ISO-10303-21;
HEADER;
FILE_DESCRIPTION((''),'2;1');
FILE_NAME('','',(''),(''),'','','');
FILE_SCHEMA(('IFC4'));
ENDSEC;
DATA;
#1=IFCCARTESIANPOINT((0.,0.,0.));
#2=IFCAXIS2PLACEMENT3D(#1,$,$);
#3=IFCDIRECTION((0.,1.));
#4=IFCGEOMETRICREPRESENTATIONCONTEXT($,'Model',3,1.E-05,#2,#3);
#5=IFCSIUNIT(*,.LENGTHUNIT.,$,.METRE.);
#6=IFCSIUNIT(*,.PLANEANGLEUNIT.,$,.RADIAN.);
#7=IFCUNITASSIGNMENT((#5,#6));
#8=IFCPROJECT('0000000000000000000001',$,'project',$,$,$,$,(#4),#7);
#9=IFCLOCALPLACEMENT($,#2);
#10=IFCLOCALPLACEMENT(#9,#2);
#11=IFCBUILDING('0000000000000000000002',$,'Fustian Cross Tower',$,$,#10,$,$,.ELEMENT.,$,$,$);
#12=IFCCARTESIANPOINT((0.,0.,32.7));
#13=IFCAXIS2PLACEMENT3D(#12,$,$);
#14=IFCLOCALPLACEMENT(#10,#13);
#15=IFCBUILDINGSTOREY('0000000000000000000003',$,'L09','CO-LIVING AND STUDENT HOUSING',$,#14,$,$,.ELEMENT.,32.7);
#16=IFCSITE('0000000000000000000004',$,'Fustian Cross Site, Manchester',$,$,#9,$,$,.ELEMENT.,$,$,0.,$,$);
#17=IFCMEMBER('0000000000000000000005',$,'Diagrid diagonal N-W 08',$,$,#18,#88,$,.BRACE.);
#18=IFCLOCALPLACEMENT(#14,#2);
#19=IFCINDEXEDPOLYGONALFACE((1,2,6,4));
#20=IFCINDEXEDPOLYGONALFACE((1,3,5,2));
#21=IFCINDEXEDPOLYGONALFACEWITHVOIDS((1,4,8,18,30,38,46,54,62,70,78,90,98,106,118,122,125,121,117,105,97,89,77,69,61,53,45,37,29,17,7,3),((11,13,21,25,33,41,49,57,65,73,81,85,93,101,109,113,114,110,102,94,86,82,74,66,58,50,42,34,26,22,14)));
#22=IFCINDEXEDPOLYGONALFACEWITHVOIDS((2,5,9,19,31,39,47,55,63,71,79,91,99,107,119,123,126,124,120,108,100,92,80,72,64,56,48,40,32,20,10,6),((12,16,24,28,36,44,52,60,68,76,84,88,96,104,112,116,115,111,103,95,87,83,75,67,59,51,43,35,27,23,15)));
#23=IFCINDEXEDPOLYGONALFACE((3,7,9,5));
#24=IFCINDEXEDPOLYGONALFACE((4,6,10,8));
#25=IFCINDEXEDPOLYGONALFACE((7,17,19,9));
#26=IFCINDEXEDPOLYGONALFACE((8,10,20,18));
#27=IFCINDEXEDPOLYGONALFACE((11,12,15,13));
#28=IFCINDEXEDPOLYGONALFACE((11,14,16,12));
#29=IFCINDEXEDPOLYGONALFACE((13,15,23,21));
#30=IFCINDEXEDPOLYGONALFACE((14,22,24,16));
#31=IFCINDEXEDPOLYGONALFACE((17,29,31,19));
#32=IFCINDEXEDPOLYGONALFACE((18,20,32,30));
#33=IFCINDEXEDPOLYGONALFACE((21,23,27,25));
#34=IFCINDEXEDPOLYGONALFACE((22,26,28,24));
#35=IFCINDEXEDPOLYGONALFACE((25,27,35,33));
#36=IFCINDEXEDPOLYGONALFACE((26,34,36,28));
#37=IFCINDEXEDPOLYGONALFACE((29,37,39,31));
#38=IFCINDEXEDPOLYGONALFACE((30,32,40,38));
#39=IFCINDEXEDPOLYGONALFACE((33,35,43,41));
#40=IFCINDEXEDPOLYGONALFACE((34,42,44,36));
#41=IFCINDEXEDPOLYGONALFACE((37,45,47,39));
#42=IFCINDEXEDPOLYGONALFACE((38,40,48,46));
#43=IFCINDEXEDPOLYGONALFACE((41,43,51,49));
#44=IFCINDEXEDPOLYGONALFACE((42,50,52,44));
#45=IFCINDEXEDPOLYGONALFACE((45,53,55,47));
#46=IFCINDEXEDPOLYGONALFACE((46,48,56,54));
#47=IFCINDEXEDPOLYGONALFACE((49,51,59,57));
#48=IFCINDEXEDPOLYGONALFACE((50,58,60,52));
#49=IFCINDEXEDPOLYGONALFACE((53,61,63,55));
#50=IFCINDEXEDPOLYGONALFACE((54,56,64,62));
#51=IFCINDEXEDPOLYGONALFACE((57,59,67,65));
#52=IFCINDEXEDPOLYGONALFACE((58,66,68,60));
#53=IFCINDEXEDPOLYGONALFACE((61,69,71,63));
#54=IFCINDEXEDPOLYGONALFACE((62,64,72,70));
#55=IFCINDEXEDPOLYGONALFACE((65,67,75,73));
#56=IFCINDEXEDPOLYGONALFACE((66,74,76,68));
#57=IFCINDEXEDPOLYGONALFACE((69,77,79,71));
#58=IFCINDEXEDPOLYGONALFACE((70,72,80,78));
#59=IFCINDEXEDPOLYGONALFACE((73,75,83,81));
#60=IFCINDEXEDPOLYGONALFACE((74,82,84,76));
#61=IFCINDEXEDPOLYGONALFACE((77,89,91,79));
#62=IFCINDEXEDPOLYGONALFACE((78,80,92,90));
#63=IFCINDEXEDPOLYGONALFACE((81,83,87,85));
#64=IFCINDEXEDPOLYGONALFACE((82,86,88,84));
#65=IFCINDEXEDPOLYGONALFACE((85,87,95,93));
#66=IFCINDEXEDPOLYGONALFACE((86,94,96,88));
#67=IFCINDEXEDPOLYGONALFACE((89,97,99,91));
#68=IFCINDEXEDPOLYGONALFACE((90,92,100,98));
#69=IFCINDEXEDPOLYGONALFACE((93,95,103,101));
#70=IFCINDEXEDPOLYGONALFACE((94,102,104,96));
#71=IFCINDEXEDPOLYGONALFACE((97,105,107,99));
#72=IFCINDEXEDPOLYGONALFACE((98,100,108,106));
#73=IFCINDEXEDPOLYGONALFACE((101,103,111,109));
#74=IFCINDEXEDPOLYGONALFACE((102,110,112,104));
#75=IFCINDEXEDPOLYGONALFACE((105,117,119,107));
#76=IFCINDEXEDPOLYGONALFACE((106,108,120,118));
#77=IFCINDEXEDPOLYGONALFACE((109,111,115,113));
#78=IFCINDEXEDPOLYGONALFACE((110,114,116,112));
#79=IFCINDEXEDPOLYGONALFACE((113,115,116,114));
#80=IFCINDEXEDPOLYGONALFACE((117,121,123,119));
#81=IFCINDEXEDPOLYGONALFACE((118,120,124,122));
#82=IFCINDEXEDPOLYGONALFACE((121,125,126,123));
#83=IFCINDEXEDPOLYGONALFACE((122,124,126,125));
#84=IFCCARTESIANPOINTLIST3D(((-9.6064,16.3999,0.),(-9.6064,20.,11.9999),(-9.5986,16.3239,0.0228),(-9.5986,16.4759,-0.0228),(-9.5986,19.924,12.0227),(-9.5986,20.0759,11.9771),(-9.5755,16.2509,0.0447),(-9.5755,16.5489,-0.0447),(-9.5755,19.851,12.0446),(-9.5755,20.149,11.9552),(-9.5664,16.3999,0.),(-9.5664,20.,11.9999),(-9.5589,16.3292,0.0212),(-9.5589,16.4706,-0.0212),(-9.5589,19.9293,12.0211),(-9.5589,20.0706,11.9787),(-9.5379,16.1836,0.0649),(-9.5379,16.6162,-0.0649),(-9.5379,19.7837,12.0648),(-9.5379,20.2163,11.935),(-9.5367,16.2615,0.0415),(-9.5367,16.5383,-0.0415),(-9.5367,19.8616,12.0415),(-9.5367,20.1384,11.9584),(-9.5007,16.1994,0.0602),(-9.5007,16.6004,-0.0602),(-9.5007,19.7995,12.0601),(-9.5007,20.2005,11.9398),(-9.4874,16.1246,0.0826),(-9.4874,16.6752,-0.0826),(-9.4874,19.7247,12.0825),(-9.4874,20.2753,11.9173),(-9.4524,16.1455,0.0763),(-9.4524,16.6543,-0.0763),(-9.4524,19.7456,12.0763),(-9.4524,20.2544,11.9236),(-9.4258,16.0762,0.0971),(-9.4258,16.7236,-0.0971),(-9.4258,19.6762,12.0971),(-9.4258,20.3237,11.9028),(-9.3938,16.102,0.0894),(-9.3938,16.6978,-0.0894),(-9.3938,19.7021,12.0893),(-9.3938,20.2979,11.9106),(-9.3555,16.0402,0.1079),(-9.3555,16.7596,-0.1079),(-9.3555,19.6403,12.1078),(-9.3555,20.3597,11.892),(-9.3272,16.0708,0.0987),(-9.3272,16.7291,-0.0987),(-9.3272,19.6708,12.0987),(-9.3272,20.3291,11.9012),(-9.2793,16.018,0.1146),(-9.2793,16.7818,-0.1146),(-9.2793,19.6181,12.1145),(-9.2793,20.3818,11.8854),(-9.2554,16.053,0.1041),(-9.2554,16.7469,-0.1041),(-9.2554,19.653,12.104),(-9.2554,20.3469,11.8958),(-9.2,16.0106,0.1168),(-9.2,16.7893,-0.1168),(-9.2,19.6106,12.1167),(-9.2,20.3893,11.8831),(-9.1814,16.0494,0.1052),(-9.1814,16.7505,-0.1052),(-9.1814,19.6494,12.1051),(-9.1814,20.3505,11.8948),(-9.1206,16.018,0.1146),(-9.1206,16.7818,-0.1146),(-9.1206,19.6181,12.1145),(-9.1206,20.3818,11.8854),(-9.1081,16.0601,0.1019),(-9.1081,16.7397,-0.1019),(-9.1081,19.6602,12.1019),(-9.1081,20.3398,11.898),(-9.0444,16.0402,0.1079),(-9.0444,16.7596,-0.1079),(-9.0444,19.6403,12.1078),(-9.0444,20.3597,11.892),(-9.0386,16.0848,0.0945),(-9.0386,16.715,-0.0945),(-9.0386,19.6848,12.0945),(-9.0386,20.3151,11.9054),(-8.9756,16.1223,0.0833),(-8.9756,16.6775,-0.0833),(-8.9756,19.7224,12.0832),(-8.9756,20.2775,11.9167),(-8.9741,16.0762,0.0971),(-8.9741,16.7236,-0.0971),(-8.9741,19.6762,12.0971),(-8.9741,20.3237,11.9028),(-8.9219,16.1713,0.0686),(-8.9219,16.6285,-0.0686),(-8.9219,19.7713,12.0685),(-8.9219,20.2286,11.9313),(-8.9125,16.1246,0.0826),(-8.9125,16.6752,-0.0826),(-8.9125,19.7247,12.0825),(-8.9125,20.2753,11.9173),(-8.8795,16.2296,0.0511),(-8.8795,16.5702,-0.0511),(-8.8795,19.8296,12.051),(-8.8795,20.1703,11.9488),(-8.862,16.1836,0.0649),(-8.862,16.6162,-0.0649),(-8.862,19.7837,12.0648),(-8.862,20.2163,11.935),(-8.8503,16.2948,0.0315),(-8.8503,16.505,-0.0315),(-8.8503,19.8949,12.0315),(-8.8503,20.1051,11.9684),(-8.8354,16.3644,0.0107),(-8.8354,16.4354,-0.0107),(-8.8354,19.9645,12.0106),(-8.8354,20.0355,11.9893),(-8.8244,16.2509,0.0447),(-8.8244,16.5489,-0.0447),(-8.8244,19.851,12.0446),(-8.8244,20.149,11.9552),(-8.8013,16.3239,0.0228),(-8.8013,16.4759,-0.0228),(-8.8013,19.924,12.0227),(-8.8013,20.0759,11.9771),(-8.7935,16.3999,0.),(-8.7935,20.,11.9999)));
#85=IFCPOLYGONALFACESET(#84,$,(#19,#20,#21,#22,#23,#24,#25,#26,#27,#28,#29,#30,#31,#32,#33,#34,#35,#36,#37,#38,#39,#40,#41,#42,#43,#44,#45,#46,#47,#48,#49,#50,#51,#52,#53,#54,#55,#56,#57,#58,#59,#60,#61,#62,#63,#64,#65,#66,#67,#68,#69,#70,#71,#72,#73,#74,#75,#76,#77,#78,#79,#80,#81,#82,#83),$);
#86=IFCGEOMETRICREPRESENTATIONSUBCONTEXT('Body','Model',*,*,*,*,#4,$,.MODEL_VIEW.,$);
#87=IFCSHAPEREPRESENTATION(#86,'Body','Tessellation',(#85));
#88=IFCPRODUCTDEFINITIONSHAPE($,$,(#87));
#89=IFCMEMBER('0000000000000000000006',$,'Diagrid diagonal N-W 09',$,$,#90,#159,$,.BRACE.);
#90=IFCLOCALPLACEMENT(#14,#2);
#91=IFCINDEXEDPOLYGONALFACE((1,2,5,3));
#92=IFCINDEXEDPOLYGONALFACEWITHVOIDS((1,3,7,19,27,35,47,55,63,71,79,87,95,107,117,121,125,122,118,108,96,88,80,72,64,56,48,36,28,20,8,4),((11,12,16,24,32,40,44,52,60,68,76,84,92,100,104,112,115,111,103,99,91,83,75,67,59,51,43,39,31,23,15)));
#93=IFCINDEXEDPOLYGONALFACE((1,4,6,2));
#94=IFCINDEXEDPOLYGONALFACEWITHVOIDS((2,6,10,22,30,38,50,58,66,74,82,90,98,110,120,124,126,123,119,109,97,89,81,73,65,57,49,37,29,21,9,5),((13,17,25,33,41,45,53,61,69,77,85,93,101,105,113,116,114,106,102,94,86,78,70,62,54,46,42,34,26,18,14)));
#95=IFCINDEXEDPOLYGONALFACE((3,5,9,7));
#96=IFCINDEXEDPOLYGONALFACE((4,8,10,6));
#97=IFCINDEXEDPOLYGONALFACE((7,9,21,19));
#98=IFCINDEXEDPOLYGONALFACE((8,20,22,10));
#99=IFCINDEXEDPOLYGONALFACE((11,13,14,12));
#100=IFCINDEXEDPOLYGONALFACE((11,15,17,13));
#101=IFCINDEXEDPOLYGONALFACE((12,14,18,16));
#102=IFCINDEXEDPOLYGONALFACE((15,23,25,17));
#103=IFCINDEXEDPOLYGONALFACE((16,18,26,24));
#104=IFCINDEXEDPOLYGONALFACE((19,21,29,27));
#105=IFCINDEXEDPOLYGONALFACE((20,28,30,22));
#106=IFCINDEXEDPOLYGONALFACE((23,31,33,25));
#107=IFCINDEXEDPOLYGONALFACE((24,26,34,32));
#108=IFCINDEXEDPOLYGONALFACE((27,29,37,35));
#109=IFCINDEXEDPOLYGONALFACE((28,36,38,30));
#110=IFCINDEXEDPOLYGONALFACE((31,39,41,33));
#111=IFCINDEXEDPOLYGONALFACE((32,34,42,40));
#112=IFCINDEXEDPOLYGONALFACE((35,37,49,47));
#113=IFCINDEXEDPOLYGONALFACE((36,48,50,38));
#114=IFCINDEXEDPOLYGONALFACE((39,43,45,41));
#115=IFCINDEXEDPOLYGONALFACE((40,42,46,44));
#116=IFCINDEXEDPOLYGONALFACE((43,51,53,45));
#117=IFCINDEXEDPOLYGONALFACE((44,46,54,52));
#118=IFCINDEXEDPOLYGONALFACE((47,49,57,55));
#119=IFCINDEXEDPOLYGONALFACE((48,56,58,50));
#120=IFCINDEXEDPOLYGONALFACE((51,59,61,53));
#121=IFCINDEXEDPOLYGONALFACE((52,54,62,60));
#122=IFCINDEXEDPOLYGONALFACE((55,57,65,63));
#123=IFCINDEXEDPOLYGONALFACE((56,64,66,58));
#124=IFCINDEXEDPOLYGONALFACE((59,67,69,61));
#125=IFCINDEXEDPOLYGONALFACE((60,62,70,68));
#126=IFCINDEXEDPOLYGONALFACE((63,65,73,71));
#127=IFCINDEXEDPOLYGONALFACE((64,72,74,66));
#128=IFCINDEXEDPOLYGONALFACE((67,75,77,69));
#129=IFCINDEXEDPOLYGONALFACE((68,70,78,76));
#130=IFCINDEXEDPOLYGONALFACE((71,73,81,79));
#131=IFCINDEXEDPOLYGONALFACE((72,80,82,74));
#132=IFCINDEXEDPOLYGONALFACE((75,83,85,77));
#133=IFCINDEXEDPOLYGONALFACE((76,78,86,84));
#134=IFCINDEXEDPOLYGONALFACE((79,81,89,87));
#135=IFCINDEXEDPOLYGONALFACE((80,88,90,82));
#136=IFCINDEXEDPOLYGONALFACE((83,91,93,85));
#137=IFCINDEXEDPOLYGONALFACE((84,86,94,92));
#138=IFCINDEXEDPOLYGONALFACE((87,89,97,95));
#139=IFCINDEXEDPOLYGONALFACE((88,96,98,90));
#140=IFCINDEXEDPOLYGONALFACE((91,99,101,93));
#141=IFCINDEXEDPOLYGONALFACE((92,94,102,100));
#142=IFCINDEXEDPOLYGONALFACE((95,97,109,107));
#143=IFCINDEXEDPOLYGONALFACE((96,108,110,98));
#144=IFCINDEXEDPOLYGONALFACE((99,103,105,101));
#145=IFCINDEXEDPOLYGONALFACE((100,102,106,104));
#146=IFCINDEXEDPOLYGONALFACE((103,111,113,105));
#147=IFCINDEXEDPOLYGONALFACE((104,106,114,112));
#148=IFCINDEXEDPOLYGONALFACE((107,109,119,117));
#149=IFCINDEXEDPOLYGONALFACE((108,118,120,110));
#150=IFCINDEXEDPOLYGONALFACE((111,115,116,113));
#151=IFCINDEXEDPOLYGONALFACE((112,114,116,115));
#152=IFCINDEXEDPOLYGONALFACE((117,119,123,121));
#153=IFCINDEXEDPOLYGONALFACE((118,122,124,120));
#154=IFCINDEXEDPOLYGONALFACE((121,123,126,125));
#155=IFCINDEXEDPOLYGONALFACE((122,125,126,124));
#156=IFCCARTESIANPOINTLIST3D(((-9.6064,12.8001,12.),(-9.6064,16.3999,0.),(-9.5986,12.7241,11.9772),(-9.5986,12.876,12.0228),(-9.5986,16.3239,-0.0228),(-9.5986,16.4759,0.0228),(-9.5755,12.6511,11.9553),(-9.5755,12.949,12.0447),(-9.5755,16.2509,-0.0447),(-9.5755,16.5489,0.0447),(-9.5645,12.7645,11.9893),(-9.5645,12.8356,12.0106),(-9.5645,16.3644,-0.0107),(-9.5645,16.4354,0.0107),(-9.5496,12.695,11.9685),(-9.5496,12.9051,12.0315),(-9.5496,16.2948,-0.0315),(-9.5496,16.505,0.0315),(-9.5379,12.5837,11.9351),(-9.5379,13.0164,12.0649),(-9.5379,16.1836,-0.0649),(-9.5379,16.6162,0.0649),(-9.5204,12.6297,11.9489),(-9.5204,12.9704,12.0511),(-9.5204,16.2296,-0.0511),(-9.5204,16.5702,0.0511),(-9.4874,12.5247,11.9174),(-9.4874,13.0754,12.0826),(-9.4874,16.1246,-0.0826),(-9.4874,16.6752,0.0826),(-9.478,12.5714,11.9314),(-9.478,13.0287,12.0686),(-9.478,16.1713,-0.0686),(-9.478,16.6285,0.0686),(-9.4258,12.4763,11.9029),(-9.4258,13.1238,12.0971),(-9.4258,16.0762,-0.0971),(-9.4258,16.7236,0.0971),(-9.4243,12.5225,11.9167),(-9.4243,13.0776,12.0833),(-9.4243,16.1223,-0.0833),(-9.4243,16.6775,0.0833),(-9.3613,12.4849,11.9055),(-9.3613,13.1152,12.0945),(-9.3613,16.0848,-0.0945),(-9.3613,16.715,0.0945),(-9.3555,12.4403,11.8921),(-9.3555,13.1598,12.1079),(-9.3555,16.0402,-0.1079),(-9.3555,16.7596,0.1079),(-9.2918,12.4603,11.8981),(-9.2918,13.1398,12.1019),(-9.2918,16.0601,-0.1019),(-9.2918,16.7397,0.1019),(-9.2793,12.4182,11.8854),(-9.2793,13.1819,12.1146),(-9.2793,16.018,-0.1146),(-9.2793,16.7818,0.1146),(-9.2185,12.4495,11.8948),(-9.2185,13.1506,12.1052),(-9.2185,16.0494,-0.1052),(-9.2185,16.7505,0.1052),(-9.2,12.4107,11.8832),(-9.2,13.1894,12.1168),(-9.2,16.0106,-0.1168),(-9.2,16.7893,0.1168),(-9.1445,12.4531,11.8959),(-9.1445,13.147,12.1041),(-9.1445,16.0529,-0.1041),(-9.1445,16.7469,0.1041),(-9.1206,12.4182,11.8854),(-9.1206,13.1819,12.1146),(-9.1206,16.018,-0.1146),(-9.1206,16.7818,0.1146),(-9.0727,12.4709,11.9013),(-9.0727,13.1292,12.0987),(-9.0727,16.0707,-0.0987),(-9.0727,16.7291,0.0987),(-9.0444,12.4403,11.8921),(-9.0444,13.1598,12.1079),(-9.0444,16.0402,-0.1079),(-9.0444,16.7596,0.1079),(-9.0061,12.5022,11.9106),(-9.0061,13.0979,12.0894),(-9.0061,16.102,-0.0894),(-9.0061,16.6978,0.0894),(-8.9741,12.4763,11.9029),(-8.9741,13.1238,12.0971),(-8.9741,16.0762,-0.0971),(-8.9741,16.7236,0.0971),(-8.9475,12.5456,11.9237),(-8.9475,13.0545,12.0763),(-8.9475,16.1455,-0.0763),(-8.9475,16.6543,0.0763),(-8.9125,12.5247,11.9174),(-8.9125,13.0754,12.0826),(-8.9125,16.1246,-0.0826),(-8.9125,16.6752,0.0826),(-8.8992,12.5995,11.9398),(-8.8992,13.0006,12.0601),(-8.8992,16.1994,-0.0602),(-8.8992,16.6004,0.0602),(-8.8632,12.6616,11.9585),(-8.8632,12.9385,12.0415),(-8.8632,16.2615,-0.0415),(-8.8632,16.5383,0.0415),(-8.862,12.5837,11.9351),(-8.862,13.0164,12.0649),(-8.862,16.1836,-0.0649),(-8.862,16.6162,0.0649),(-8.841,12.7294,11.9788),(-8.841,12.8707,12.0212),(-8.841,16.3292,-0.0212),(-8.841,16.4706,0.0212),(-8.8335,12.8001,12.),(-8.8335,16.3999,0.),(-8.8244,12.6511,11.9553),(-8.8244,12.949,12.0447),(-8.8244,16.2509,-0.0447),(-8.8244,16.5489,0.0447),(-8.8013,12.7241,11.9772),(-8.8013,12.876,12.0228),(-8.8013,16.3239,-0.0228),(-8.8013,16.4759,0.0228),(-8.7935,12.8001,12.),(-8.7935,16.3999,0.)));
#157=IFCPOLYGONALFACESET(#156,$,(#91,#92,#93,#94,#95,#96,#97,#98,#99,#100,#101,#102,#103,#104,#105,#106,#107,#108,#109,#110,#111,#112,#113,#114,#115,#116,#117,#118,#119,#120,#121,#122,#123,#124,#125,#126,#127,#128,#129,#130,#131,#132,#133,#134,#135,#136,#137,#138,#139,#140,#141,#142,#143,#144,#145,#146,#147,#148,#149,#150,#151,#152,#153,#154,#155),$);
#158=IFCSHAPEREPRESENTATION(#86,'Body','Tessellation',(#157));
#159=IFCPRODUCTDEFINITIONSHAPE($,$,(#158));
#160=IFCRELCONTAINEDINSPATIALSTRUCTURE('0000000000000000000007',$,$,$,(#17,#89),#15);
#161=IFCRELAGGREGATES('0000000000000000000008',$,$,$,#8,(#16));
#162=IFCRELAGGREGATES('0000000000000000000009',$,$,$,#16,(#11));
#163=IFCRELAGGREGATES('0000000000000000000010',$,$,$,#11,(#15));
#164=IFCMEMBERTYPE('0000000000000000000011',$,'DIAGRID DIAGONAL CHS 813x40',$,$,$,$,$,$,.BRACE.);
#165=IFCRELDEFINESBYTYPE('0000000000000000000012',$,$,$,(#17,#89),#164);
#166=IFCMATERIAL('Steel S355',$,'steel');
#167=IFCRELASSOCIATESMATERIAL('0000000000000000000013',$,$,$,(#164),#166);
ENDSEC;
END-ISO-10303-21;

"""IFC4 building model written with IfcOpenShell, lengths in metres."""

from ifc_helpers import new_model, si_unit, direction, frame, origin, origin_2d, place, context, subcontext, project, spatial, hollow_circle, extrude, material, material_profile, profile_set, type_object, element, save


model = new_model("IFC4")

# Units and contexts
model_context = context("Model", 3, precision=1e-05, world=origin(), true_north=direction((0.0, 1.0)))
body_context = subcontext(model_context, "Body", "Model", "MODEL_VIEW")
ifc_project = project(units=[si_unit("LENGTHUNIT", "METRE"), si_unit("PLANEANGLEUNIT", "RADIAN")], contexts=[model_context])

# Site, building, storey
site_placement = place(None, origin())
site = spatial("IfcSite", under=ifc_project, at=site_placement, Name="Fustian Cross Site, Manchester", CompositionType="ELEMENT", RefElevation=0.0)
building_placement = place(site_placement, origin())
building = spatial("IfcBuilding", under=site, at=building_placement, Name="Fustian Cross Tower", CompositionType="ELEMENT")
storey_placement = place(building_placement, frame((0.0, 0.0, 32.7)))
storey = spatial("IfcBuildingStorey", under=building, at=storey_placement, Name="L09", Description="CO-LIVING AND STUDENT HOUSING", CompositionType="ELEMENT", Elevation=32.7)

# Members
ifc_material_1 = material(Name="Steel S355", Category="steel")
ifc_material_profile_1 = material_profile(ifc_material_1, hollow_circle(Radius=0.4065, WallThickness=0.04, at=origin_2d()), Name="CHS 813x40")
ifc_profile_set_1 = profile_set([ifc_material_profile_1], Name="Steel S355")
member_type_1 = type_object("IfcMemberType", Name="DIAGRID DIAGONAL CHS 813x40", PredefinedType="BRACE", material=ifc_profile_set_1)
for number, where, z_axis, x_axis, name in (
    (1, (-9.2, 16.3999, 0.0), (0.0, 0.287355, 0.957824), (-1.0, 0.0, 0.0), "Diagrid diagonal N-W 08"),
    (2, (-9.2, 16.3999, 0.0), (0.0, -0.287337, 0.95783), (1.0, 0.0, 0.0), "Diagrid diagonal N-W 09"),
):
    element("IfcMember", number, at=place(storey_placement, frame(where, z_axis=z_axis, x_axis=x_axis)), inside=storey, type_object=member_type_1, Name=name, PredefinedType="BRACE", context=body_context, shape_type="SweptSolid", body=[
        extrude(hollow_circle(Radius=0.4065, WallThickness=0.04, at=origin_2d()), origin(), (0.0, 0.0, 1.0), 12.5283),
    ])

save(model, "model.ifc")
